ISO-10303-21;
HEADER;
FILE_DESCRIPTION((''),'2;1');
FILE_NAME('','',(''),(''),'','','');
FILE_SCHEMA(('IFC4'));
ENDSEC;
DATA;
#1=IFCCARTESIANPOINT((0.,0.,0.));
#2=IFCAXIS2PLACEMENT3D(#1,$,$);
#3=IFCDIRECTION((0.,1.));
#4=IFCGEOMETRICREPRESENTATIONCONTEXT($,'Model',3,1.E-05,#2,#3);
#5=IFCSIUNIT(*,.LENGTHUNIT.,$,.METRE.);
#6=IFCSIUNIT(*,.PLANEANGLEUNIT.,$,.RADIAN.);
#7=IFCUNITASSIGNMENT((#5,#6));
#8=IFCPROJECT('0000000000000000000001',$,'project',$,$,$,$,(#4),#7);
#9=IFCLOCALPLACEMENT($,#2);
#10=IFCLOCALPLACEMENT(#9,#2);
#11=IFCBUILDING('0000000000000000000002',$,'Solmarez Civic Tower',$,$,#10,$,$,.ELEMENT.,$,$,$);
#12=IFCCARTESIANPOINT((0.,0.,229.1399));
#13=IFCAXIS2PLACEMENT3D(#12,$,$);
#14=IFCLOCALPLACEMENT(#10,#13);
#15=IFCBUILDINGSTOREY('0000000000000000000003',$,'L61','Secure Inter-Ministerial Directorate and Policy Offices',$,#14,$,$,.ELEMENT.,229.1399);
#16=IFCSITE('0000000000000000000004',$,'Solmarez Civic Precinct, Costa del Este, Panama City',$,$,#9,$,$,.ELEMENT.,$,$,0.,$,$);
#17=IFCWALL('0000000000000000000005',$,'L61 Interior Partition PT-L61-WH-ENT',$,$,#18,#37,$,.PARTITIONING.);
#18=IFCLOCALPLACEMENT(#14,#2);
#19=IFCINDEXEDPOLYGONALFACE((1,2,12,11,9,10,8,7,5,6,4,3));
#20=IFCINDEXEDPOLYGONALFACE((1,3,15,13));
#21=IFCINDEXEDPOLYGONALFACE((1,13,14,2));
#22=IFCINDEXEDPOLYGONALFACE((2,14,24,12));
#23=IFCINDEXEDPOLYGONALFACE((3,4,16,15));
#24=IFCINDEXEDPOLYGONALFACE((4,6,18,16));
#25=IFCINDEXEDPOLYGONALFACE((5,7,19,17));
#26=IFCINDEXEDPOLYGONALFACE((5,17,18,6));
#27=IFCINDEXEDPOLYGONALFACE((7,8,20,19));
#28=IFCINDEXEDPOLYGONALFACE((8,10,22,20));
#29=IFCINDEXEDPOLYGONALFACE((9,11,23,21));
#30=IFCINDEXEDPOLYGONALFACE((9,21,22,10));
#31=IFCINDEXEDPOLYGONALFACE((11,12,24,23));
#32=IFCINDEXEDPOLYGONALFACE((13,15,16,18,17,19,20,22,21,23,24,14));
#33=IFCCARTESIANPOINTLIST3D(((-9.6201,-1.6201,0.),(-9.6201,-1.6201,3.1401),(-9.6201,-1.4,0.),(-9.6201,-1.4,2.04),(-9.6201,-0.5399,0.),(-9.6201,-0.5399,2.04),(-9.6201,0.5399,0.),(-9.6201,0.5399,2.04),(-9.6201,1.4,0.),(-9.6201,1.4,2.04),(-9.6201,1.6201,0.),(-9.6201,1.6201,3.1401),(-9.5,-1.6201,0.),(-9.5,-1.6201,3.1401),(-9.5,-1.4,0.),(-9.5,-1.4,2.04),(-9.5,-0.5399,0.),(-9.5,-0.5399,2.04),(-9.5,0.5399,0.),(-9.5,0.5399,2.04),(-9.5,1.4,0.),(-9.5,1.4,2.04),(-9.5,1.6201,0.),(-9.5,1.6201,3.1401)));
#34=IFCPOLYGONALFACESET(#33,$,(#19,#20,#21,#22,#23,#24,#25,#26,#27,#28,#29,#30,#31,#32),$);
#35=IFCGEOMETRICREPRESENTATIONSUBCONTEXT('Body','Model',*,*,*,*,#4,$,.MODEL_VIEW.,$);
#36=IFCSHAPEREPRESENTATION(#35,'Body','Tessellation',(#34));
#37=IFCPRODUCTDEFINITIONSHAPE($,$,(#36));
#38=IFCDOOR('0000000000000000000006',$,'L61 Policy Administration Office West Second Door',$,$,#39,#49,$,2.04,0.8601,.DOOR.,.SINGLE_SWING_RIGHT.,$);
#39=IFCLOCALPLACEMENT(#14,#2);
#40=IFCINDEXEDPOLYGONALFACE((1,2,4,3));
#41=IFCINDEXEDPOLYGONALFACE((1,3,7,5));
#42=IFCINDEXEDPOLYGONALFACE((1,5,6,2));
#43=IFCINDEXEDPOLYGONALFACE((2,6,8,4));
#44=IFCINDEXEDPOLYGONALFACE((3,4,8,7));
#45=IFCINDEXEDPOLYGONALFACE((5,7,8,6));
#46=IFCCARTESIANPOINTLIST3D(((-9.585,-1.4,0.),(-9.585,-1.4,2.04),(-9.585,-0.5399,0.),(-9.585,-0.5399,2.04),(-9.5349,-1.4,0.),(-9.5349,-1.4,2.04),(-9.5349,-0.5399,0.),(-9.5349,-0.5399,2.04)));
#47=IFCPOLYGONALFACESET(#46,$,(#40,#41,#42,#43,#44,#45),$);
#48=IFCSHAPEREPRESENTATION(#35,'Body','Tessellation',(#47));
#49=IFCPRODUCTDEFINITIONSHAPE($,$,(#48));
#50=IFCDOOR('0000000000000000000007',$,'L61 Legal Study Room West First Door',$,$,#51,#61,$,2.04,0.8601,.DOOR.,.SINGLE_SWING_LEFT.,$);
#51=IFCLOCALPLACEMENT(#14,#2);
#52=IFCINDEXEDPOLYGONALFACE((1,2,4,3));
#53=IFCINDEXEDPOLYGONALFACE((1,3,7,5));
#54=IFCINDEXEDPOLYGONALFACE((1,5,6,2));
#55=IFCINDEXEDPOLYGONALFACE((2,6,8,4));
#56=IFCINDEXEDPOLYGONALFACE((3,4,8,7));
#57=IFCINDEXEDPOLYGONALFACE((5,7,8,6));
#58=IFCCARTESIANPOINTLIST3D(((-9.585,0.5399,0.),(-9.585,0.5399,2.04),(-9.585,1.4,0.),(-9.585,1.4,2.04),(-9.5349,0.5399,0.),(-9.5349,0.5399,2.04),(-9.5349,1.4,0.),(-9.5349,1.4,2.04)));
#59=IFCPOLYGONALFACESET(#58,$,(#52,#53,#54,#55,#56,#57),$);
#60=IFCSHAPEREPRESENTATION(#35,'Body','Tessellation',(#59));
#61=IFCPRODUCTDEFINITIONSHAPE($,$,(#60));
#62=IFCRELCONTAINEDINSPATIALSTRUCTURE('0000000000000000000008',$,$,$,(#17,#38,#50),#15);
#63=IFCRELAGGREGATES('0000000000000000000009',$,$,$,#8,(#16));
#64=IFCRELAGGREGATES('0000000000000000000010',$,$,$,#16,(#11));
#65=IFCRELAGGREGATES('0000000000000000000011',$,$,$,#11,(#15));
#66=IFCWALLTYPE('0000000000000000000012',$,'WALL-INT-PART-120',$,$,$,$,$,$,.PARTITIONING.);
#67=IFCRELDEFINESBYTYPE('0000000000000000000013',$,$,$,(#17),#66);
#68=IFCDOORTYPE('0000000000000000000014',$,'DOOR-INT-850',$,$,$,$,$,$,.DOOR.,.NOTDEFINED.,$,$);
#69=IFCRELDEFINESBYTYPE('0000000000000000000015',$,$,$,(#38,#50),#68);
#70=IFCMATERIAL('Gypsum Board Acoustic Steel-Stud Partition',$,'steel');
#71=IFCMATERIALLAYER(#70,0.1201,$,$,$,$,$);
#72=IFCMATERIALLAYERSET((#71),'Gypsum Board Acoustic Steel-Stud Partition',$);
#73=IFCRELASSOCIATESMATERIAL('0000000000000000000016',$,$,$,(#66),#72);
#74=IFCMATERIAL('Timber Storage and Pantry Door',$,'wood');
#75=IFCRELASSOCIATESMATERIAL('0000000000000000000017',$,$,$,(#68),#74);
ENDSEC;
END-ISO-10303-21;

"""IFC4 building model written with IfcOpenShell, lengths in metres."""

from ifc_helpers import new_model, si_unit, direction, frame, frame_2d, origin, place, context, subcontext, project, spatial, rectangle, extrude, material, layer, layer_set, type_object, element, fill, save


model = new_model("IFC4")

# Units and contexts
model_context = context("Model", 3, precision=1e-05, world=origin(), true_north=direction((0.0, 1.0)))
body_context = subcontext(model_context, "Body", "Model", "MODEL_VIEW")
ifc_project = project(units=[si_unit("LENGTHUNIT", "METRE"), si_unit("PLANEANGLEUNIT", "RADIAN")], contexts=[model_context])

# Site, building, storey
site_placement = place(None, origin())
site = spatial("IfcSite", under=ifc_project, at=site_placement, Name="Solmarez Civic Precinct, Costa del Este, Panama City", CompositionType="ELEMENT", RefElevation=0.0)
building_placement = place(site_placement, origin())
building = spatial("IfcBuilding", under=site, at=building_placement, Name="Solmarez Civic Tower", CompositionType="ELEMENT")
storey_placement = place(building_placement, frame((0.0, 0.0, 229.1399)))
storey = spatial("IfcBuildingStorey", under=building, at=storey_placement, Name="L61", Description="Secure Inter-Ministerial Directorate and Policy Offices", CompositionType="ELEMENT", Elevation=229.1399)

# Wall, openings, doors
ifc_material_1 = material(Name="Gypsum Board Acoustic Steel-Stud Partition", Category="steel")
ifc_layer_1 = layer(ifc_material_1, 0.1201)
ifc_layer_set_1 = layer_set([ifc_layer_1], Name="Gypsum Board Acoustic Steel-Stud Partition")
wall_type = type_object("IfcWallType", Name="WALL-INT-PART-120", PredefinedType="PARTITIONING", material=ifc_layer_set_1)
wall_placement = place(storey_placement, frame((-9.5601, -1.6201, 0.0), z_axis=(0.0, 0.0, 1.0), x_axis=(0.0, 1.0, 0.0)))
wall = element("IfcWall", 1, at=wall_placement, inside=storey, type_object=wall_type, Name="L61 Interior Partition PT-L61-WH-ENT", PredefinedType="PARTITIONING", context=body_context, shape_type="SweptSolid", body=[
    extrude(rectangle(XDim=3.2402, YDim=0.1201, at=frame_2d((1.6201, 0.0))), origin(), (0.0, 0.0, 1.0), 3.1401),
])
opening_1_placement = place(wall_placement, frame((0.22, 0.0, 0.0)))
opening_1 = element("IfcOpeningElement", 2, at=opening_1_placement, cuts=wall, PredefinedType="OPENING", context=body_context, shape_type="SweptSolid", body=[
    extrude(rectangle(XDim=0.8601, YDim=2.04, at=frame_2d((0.4302, 1.02))), frame((0.0, 0.0701, 0.0), z_axis=(0.0, -1.0, 0.0), x_axis=(1.0, 0.0, 0.0)), (0.0, 0.0, 1.0), 0.1401),
])
opening_2_placement = place(wall_placement, frame((2.1599, 0.0, 0.0)))
opening_2 = element("IfcOpeningElement", 3, at=opening_2_placement, cuts=wall, PredefinedType="OPENING", context=body_context, shape_type="SweptSolid", body=[
    extrude(rectangle(XDim=0.8601, YDim=2.04, at=frame_2d((0.4302, 1.02))), frame((0.0, 0.0701, 0.0), z_axis=(0.0, -1.0, 0.0), x_axis=(1.0, 0.0, 0.0)), (0.0, 0.0, 1.0), 0.1401),
])
ifc_material_2 = material(Name="Timber Storage and Pantry Door", Category="wood")
door_type = type_object("IfcDoorType", Name="DOOR-INT-850", OperationType="NOTDEFINED", PredefinedType="DOOR", material=ifc_material_2)
door_1_placement = place(opening_1_placement, origin())
door_1 = element("IfcDoor", 4, at=door_1_placement, inside=storey, type_object=door_type, Name="L61 Policy Administration Office West Second Door", OperationType="SINGLE_SWING_RIGHT", OverallHeight=2.04, OverallWidth=0.8601, PredefinedType="DOOR", context=body_context, shape_type="SweptSolid", body=[
    extrude(rectangle(XDim=0.8601, YDim=2.04, at=frame_2d((0.4302, 1.02))), frame((0.0, 0.0249, 0.0), z_axis=(0.0, -1.0, 0.0), x_axis=(1.0, 0.0, 0.0)), (0.0, 0.0, 1.0), 0.05),
])
fill(opening_1, door_1)
door_2_placement = place(opening_2_placement, origin())
door_2 = element("IfcDoor", 5, at=door_2_placement, inside=storey, type_object=door_type, Name="L61 Legal Study Room West First Door", OperationType="SINGLE_SWING_LEFT", OverallHeight=2.04, OverallWidth=0.8601, PredefinedType="DOOR", context=body_context, shape_type="SweptSolid", body=[
    extrude(rectangle(XDim=0.8601, YDim=2.04, at=frame_2d((0.4302, 1.02))), frame((0.0, 0.0249, 0.0), z_axis=(0.0, -1.0, 0.0), x_axis=(1.0, 0.0, 0.0)), (0.0, 0.0, 1.0), 0.05),
])
fill(opening_2, door_2)

save(model, "model.ifc")
